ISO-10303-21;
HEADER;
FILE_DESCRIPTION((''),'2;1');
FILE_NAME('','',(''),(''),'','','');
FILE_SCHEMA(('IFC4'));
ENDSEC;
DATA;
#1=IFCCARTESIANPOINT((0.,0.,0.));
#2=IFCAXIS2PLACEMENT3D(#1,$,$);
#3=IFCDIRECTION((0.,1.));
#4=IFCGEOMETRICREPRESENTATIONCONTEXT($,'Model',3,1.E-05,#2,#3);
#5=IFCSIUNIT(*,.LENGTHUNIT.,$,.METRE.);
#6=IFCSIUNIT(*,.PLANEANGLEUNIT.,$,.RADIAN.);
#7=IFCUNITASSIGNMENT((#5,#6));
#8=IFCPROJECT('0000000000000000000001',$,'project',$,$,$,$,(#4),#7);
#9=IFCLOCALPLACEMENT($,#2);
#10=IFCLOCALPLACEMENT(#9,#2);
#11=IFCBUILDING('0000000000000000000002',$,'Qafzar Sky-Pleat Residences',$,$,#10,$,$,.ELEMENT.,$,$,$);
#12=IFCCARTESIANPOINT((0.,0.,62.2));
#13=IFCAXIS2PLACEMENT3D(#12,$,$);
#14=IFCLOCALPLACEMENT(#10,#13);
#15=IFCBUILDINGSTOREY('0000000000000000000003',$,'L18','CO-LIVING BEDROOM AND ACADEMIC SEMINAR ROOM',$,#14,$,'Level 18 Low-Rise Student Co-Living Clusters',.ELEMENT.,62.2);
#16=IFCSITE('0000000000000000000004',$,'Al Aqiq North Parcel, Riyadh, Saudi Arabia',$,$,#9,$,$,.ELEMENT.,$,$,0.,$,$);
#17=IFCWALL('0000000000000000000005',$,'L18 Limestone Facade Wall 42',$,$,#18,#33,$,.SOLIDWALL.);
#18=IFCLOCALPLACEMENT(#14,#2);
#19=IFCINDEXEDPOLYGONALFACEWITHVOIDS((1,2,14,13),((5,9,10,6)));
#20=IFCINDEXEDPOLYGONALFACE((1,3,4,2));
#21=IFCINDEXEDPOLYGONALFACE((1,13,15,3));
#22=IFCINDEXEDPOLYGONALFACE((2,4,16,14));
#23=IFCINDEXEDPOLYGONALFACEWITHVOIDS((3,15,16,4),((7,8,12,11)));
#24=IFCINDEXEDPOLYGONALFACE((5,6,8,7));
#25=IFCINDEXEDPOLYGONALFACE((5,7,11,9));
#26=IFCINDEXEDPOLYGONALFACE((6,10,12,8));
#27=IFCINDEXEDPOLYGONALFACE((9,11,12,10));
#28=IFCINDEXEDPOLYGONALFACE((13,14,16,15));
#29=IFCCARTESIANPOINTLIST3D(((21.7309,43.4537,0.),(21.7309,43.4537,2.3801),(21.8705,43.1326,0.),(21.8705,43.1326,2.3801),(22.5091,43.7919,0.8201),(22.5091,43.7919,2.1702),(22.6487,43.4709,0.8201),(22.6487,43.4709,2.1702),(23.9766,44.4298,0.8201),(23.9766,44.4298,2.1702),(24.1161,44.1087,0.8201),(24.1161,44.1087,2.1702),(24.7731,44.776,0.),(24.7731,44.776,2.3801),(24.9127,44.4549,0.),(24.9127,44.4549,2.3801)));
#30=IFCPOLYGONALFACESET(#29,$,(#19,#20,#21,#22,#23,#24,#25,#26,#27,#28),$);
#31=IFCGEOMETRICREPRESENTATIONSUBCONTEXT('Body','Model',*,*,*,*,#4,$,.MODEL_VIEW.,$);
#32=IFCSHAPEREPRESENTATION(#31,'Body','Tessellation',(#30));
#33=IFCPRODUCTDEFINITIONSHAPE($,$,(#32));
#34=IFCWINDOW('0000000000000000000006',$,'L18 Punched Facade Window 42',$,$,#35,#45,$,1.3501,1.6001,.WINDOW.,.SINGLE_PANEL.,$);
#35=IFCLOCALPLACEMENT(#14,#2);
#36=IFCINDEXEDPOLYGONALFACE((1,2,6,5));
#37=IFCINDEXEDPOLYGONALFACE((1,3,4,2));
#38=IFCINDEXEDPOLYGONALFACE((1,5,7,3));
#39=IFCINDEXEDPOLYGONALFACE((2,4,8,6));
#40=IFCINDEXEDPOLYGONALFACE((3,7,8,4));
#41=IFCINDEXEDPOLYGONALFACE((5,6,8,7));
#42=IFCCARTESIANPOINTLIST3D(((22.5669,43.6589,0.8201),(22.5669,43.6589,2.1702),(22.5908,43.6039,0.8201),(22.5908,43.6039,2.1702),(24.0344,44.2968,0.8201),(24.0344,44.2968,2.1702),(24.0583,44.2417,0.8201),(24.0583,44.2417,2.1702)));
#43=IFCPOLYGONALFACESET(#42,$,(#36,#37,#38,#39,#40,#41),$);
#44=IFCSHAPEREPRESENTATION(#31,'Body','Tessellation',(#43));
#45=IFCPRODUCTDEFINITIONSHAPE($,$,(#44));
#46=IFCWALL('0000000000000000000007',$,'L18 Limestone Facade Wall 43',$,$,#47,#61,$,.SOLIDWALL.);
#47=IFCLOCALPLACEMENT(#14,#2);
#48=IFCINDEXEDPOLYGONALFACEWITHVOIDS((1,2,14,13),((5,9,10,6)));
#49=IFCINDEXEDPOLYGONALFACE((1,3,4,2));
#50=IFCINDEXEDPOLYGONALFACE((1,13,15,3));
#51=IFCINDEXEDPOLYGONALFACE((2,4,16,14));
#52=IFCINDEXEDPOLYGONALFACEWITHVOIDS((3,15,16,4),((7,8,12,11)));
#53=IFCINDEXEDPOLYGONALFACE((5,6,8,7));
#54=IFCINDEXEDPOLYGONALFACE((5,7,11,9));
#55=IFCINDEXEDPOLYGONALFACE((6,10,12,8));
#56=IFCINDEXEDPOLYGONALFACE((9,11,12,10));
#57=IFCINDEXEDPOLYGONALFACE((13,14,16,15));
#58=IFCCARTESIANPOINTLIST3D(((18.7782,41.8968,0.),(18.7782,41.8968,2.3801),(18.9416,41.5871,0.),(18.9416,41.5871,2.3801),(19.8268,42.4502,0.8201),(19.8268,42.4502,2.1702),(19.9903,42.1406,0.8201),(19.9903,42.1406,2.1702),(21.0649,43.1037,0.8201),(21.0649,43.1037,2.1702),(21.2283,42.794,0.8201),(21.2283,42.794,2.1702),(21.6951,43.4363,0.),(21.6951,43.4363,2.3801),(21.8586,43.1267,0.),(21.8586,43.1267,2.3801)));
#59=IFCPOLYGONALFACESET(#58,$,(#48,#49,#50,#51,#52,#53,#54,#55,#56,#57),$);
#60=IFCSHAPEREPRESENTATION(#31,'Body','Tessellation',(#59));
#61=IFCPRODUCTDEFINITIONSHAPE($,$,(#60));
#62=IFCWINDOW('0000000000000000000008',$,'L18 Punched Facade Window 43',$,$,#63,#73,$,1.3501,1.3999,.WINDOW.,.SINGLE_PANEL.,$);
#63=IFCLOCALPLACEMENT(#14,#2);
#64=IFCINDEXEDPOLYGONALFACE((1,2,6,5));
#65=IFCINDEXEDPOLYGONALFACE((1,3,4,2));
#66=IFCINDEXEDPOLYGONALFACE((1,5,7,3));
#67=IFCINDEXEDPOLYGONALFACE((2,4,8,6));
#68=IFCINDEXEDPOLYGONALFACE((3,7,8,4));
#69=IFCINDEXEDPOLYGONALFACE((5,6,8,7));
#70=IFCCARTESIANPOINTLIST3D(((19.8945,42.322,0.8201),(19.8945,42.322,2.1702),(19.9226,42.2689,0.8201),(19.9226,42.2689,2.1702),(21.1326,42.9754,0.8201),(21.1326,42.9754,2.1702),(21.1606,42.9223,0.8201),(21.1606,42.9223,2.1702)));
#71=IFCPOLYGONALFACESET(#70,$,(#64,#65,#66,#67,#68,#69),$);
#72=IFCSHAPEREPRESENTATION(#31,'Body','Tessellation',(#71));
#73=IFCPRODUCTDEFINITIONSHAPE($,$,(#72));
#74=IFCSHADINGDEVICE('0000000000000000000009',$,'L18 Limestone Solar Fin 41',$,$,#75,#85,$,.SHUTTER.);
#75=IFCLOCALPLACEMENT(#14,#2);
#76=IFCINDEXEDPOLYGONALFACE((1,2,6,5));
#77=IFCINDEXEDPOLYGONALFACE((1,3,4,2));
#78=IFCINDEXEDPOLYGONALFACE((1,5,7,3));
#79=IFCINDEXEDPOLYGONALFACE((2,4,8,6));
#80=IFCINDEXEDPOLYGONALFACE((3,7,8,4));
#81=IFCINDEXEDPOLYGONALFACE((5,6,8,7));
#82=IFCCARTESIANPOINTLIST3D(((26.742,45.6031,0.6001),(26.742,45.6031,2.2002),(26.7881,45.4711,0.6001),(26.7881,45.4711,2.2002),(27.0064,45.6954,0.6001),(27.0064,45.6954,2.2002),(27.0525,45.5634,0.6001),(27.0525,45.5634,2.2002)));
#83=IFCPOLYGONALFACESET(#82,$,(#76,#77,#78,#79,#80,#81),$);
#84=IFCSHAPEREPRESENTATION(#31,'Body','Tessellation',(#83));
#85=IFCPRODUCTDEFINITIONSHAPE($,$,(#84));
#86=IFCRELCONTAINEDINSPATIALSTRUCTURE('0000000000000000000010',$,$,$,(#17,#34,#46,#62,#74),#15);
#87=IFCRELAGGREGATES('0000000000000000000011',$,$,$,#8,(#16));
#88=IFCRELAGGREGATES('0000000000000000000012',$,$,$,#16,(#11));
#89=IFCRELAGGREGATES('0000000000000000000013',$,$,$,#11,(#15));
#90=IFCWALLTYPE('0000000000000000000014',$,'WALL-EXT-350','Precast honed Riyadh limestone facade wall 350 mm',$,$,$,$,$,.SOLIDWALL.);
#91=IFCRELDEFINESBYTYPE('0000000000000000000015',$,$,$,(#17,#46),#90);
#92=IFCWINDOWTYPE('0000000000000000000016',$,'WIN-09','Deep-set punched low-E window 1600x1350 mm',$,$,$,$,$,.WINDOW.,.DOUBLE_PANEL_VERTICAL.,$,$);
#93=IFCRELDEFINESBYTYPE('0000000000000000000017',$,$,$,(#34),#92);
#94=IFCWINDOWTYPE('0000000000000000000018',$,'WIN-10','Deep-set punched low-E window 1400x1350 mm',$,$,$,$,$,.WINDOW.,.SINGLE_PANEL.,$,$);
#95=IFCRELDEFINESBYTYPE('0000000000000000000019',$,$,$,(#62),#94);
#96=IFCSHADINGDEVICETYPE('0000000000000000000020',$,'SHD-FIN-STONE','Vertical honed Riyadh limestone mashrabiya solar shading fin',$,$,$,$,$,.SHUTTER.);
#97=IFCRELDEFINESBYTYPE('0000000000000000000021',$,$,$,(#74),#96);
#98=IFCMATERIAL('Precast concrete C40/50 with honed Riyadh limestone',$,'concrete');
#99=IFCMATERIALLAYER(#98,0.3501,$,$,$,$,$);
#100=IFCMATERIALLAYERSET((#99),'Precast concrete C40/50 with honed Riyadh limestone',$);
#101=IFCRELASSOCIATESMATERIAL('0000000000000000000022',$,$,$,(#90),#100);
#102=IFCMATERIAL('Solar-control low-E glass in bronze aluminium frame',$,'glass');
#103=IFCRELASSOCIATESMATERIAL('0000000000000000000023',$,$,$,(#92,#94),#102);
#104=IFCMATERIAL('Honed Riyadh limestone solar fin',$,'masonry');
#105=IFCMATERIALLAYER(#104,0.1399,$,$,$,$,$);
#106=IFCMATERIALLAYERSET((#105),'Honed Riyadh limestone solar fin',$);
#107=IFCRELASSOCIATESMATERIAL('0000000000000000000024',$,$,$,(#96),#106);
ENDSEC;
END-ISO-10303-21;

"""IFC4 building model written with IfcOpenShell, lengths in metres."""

from ifc_helpers import new_model, si_unit, direction, frame, frame_2d, origin, origin_2d, place, context, subcontext, project, spatial, rectangle, extrude, source, transform, mapped, material, layer, layer_set, type_object, element, fill, save


model = new_model("IFC4")

# Units and contexts
model_context = context("Model", 3, precision=1e-05, world=origin(), true_north=direction((0.0, 1.0)))
body_context = subcontext(model_context, "Body", "Model", "MODEL_VIEW")
ifc_project = project(units=[si_unit("LENGTHUNIT", "METRE"), si_unit("PLANEANGLEUNIT", "RADIAN")], contexts=[model_context])

# Site, building, storey
site_placement = place(None, origin())
site = spatial("IfcSite", under=ifc_project, at=site_placement, Name="Al Aqiq North Parcel, Riyadh, Saudi Arabia", CompositionType="ELEMENT", RefElevation=0.0)
building_placement = place(site_placement, origin())
building = spatial("IfcBuilding", under=site, at=building_placement, Name="Qafzar Sky-Pleat Residences", CompositionType="ELEMENT")
storey_placement = place(building_placement, frame((0.0, 0.0, 62.2)))
storey = spatial("IfcBuildingStorey", under=building, at=storey_placement, Name="L18", Description="CO-LIVING BEDROOM AND ACADEMIC SEMINAR ROOM", LongName="Level 18 Low-Rise Student Co-Living Clusters", CompositionType="ELEMENT", Elevation=62.2)

# Walls, openings, windows
ifc_material_1 = material(Name="Precast concrete C40/50 with honed Riyadh limestone", Category="concrete")
ifc_layer_1 = layer(ifc_material_1, 0.3501)
ifc_layer_set_1 = layer_set([ifc_layer_1], Name="Precast concrete C40/50 with honed Riyadh limestone")
wall_type_1 = type_object("IfcWallType", Name="WALL-EXT-350", Description="Precast honed Riyadh limestone facade wall 350 mm", PredefinedType="SOLIDWALL", material=ifc_layer_set_1)
ifc_material_2 = material(Name="Solar-control low-E glass in bronze aluminium frame", Category="glass")
wall_1_placement = place(storey_placement, frame((24.843, 44.6155, 0.0), z_axis=(0.0, 0.0, 1.0), x_axis=(-0.917119, -0.398613, 0.0)))
wall_1 = element("IfcWall", 1, at=wall_1_placement, inside=storey, type_object=wall_type_1, Name="L18 Limestone Facade Wall 42", PredefinedType="SOLIDWALL", context=body_context, shape_type="SweptSolid", body=[
    extrude(rectangle(XDim=3.3171, YDim=0.3501, at=frame_2d((1.6587, 0.0))), origin(), (0.0, 0.0, 1.0), 2.3801),
])
opening_1_placement = place(wall_1_placement, frame((0.8687, 0.0, 0.8201)))
opening_1 = element("IfcOpeningElement", 2, at=opening_1_placement, cuts=wall_1, PredefinedType="OPENING", context=body_context, shape_type="SweptSolid", body=[
    extrude(rectangle(XDim=1.6001, YDim=1.3501, at=frame_2d((0.8, 0.675))), frame((0.0, 0.1851, 0.0), z_axis=(0.0, -1.0, 0.0), x_axis=(1.0, 0.0, 0.0)), (0.0, 0.0, 1.0), 0.3701),
])
window_type_1 = type_object("IfcWindowType", Name="WIN-09", Description="Deep-set punched low-E window 1600x1350 mm", PartitioningType="DOUBLE_PANEL_VERTICAL", PredefinedType="WINDOW", material=ifc_material_2)
shared_shape_1 = source(origin(), body_context, "Body", "SweptSolid", [
    extrude(rectangle(XDim=1.6001, YDim=1.3501, at=frame_2d((0.8, 0.675))), frame((0.0, 0.03, 0.0), z_axis=(0.0, -1.0, 0.0), x_axis=(1.0, 0.0, 0.0)), (0.0, 0.0, 1.0), 0.0601),
])
window_1_placement = place(opening_1_placement, origin())
window_1 = element("IfcWindow", 3, at=window_1_placement, inside=storey, type_object=window_type_1, Name="L18 Punched Facade Window 42", OverallHeight=1.3501, OverallWidth=1.6001, PartitioningType="SINGLE_PANEL", PredefinedType="WINDOW", context=body_context, shape_type="MappedRepresentation", body=[
    mapped(shared_shape_1, transform((0.0, 0.0, 0.0), x_axis=(1.0, 0.0, 0.0), y_axis=(0.0, 1.0, 0.0), z_axis=(0.0, 0.0, 1.0), scale=1.0)),
])
fill(opening_1, window_1)
wall_2_placement = place(storey_placement, frame((21.7769, 43.2815, 0.0), z_axis=(0.0, 0.0, 1.0), x_axis=(-0.884381, -0.466765, 0.0)))
wall_2 = element("IfcWall", 4, at=wall_2_placement, inside=storey, type_object=wall_type_1, Name="L18 Limestone Facade Wall 43", PredefinedType="SOLIDWALL", context=body_context, shape_type="SweptSolid", body=[
    extrude(rectangle(XDim=3.2983, YDim=0.3501, at=frame_2d((1.6492, 0.0))), origin(), (0.0, 0.0, 1.0), 2.3801),
])
opening_2_placement = place(wall_2_placement, frame((0.7126, 0.0, 0.8201)))
opening_2 = element("IfcOpeningElement", 5, at=opening_2_placement, cuts=wall_2, PredefinedType="OPENING", context=body_context, shape_type="SweptSolid", body=[
    extrude(rectangle(XDim=1.3999, YDim=1.3501, at=frame_2d((0.7, 0.675))), frame((0.0, 0.1851, 0.0), z_axis=(0.0, -1.0, 0.0), x_axis=(1.0, 0.0, 0.0)), (0.0, 0.0, 1.0), 0.3701),
])
window_type_2 = type_object("IfcWindowType", Name="WIN-10", Description="Deep-set punched low-E window 1400x1350 mm", PartitioningType="SINGLE_PANEL", PredefinedType="WINDOW", material=ifc_material_2)
shared_shape_2 = source(origin(), body_context, "Body", "SweptSolid", [
    extrude(rectangle(XDim=1.3999, YDim=1.3501, at=frame_2d((0.7, 0.675))), frame((0.0, 0.03, 0.0), z_axis=(0.0, -1.0, 0.0), x_axis=(1.0, 0.0, 0.0)), (0.0, 0.0, 1.0), 0.0601),
])
window_2_placement = place(opening_2_placement, origin())
window_2 = element("IfcWindow", 6, at=window_2_placement, inside=storey, type_object=window_type_2, Name="L18 Punched Facade Window 43", OverallHeight=1.3501, OverallWidth=1.3999, PartitioningType="SINGLE_PANEL", PredefinedType="WINDOW", context=body_context, shape_type="MappedRepresentation", body=[
    mapped(shared_shape_2, transform((0.0, 0.0, 0.0), x_axis=(1.0, 0.0, 0.0), y_axis=(0.0, 1.0, 0.0), z_axis=(0.0, 0.0, 1.0), scale=1.0)),
])
fill(opening_2, window_2)

# Shading device
ifc_material_3 = material(Name="Honed Riyadh limestone solar fin", Category="masonry")
ifc_layer_2 = layer(ifc_material_3, 0.1399)
ifc_layer_set_2 = layer_set([ifc_layer_2], Name="Honed Riyadh limestone solar fin")
shading_device_type = type_object("IfcShadingDeviceType", Name="SHD-FIN-STONE", Description="Vertical honed Riyadh limestone mashrabiya solar shading fin", PredefinedType="SHUTTER", material=ifc_layer_set_2)
shared_shape_3 = source(origin(), body_context, "Body", "SweptSolid", [
    extrude(rectangle(XDim=0.1399, YDim=0.28, at=origin_2d()), origin(), (0.0, 0.0, 1.0), 1.6001),
])
shading_device_placement = place(storey_placement, frame((26.8972, 45.5833, 0.6001), z_axis=(0.0, 0.0, 1.0), x_axis=(-0.329567, 0.944132, 0.0)))
element("IfcShadingDevice", 7, at=shading_device_placement, inside=storey, type_object=shading_device_type, Name="L18 Limestone Solar Fin 41", PredefinedType="SHUTTER", context=body_context, shape_type="MappedRepresentation", body=[
    mapped(shared_shape_3, transform((0.0, 0.0, 0.0), x_axis=(1.0, 0.0, 0.0), y_axis=(0.0, 1.0, 0.0), z_axis=(0.0, 0.0, 1.0), scale=1.0)),
])

save(model, "model.ifc")
